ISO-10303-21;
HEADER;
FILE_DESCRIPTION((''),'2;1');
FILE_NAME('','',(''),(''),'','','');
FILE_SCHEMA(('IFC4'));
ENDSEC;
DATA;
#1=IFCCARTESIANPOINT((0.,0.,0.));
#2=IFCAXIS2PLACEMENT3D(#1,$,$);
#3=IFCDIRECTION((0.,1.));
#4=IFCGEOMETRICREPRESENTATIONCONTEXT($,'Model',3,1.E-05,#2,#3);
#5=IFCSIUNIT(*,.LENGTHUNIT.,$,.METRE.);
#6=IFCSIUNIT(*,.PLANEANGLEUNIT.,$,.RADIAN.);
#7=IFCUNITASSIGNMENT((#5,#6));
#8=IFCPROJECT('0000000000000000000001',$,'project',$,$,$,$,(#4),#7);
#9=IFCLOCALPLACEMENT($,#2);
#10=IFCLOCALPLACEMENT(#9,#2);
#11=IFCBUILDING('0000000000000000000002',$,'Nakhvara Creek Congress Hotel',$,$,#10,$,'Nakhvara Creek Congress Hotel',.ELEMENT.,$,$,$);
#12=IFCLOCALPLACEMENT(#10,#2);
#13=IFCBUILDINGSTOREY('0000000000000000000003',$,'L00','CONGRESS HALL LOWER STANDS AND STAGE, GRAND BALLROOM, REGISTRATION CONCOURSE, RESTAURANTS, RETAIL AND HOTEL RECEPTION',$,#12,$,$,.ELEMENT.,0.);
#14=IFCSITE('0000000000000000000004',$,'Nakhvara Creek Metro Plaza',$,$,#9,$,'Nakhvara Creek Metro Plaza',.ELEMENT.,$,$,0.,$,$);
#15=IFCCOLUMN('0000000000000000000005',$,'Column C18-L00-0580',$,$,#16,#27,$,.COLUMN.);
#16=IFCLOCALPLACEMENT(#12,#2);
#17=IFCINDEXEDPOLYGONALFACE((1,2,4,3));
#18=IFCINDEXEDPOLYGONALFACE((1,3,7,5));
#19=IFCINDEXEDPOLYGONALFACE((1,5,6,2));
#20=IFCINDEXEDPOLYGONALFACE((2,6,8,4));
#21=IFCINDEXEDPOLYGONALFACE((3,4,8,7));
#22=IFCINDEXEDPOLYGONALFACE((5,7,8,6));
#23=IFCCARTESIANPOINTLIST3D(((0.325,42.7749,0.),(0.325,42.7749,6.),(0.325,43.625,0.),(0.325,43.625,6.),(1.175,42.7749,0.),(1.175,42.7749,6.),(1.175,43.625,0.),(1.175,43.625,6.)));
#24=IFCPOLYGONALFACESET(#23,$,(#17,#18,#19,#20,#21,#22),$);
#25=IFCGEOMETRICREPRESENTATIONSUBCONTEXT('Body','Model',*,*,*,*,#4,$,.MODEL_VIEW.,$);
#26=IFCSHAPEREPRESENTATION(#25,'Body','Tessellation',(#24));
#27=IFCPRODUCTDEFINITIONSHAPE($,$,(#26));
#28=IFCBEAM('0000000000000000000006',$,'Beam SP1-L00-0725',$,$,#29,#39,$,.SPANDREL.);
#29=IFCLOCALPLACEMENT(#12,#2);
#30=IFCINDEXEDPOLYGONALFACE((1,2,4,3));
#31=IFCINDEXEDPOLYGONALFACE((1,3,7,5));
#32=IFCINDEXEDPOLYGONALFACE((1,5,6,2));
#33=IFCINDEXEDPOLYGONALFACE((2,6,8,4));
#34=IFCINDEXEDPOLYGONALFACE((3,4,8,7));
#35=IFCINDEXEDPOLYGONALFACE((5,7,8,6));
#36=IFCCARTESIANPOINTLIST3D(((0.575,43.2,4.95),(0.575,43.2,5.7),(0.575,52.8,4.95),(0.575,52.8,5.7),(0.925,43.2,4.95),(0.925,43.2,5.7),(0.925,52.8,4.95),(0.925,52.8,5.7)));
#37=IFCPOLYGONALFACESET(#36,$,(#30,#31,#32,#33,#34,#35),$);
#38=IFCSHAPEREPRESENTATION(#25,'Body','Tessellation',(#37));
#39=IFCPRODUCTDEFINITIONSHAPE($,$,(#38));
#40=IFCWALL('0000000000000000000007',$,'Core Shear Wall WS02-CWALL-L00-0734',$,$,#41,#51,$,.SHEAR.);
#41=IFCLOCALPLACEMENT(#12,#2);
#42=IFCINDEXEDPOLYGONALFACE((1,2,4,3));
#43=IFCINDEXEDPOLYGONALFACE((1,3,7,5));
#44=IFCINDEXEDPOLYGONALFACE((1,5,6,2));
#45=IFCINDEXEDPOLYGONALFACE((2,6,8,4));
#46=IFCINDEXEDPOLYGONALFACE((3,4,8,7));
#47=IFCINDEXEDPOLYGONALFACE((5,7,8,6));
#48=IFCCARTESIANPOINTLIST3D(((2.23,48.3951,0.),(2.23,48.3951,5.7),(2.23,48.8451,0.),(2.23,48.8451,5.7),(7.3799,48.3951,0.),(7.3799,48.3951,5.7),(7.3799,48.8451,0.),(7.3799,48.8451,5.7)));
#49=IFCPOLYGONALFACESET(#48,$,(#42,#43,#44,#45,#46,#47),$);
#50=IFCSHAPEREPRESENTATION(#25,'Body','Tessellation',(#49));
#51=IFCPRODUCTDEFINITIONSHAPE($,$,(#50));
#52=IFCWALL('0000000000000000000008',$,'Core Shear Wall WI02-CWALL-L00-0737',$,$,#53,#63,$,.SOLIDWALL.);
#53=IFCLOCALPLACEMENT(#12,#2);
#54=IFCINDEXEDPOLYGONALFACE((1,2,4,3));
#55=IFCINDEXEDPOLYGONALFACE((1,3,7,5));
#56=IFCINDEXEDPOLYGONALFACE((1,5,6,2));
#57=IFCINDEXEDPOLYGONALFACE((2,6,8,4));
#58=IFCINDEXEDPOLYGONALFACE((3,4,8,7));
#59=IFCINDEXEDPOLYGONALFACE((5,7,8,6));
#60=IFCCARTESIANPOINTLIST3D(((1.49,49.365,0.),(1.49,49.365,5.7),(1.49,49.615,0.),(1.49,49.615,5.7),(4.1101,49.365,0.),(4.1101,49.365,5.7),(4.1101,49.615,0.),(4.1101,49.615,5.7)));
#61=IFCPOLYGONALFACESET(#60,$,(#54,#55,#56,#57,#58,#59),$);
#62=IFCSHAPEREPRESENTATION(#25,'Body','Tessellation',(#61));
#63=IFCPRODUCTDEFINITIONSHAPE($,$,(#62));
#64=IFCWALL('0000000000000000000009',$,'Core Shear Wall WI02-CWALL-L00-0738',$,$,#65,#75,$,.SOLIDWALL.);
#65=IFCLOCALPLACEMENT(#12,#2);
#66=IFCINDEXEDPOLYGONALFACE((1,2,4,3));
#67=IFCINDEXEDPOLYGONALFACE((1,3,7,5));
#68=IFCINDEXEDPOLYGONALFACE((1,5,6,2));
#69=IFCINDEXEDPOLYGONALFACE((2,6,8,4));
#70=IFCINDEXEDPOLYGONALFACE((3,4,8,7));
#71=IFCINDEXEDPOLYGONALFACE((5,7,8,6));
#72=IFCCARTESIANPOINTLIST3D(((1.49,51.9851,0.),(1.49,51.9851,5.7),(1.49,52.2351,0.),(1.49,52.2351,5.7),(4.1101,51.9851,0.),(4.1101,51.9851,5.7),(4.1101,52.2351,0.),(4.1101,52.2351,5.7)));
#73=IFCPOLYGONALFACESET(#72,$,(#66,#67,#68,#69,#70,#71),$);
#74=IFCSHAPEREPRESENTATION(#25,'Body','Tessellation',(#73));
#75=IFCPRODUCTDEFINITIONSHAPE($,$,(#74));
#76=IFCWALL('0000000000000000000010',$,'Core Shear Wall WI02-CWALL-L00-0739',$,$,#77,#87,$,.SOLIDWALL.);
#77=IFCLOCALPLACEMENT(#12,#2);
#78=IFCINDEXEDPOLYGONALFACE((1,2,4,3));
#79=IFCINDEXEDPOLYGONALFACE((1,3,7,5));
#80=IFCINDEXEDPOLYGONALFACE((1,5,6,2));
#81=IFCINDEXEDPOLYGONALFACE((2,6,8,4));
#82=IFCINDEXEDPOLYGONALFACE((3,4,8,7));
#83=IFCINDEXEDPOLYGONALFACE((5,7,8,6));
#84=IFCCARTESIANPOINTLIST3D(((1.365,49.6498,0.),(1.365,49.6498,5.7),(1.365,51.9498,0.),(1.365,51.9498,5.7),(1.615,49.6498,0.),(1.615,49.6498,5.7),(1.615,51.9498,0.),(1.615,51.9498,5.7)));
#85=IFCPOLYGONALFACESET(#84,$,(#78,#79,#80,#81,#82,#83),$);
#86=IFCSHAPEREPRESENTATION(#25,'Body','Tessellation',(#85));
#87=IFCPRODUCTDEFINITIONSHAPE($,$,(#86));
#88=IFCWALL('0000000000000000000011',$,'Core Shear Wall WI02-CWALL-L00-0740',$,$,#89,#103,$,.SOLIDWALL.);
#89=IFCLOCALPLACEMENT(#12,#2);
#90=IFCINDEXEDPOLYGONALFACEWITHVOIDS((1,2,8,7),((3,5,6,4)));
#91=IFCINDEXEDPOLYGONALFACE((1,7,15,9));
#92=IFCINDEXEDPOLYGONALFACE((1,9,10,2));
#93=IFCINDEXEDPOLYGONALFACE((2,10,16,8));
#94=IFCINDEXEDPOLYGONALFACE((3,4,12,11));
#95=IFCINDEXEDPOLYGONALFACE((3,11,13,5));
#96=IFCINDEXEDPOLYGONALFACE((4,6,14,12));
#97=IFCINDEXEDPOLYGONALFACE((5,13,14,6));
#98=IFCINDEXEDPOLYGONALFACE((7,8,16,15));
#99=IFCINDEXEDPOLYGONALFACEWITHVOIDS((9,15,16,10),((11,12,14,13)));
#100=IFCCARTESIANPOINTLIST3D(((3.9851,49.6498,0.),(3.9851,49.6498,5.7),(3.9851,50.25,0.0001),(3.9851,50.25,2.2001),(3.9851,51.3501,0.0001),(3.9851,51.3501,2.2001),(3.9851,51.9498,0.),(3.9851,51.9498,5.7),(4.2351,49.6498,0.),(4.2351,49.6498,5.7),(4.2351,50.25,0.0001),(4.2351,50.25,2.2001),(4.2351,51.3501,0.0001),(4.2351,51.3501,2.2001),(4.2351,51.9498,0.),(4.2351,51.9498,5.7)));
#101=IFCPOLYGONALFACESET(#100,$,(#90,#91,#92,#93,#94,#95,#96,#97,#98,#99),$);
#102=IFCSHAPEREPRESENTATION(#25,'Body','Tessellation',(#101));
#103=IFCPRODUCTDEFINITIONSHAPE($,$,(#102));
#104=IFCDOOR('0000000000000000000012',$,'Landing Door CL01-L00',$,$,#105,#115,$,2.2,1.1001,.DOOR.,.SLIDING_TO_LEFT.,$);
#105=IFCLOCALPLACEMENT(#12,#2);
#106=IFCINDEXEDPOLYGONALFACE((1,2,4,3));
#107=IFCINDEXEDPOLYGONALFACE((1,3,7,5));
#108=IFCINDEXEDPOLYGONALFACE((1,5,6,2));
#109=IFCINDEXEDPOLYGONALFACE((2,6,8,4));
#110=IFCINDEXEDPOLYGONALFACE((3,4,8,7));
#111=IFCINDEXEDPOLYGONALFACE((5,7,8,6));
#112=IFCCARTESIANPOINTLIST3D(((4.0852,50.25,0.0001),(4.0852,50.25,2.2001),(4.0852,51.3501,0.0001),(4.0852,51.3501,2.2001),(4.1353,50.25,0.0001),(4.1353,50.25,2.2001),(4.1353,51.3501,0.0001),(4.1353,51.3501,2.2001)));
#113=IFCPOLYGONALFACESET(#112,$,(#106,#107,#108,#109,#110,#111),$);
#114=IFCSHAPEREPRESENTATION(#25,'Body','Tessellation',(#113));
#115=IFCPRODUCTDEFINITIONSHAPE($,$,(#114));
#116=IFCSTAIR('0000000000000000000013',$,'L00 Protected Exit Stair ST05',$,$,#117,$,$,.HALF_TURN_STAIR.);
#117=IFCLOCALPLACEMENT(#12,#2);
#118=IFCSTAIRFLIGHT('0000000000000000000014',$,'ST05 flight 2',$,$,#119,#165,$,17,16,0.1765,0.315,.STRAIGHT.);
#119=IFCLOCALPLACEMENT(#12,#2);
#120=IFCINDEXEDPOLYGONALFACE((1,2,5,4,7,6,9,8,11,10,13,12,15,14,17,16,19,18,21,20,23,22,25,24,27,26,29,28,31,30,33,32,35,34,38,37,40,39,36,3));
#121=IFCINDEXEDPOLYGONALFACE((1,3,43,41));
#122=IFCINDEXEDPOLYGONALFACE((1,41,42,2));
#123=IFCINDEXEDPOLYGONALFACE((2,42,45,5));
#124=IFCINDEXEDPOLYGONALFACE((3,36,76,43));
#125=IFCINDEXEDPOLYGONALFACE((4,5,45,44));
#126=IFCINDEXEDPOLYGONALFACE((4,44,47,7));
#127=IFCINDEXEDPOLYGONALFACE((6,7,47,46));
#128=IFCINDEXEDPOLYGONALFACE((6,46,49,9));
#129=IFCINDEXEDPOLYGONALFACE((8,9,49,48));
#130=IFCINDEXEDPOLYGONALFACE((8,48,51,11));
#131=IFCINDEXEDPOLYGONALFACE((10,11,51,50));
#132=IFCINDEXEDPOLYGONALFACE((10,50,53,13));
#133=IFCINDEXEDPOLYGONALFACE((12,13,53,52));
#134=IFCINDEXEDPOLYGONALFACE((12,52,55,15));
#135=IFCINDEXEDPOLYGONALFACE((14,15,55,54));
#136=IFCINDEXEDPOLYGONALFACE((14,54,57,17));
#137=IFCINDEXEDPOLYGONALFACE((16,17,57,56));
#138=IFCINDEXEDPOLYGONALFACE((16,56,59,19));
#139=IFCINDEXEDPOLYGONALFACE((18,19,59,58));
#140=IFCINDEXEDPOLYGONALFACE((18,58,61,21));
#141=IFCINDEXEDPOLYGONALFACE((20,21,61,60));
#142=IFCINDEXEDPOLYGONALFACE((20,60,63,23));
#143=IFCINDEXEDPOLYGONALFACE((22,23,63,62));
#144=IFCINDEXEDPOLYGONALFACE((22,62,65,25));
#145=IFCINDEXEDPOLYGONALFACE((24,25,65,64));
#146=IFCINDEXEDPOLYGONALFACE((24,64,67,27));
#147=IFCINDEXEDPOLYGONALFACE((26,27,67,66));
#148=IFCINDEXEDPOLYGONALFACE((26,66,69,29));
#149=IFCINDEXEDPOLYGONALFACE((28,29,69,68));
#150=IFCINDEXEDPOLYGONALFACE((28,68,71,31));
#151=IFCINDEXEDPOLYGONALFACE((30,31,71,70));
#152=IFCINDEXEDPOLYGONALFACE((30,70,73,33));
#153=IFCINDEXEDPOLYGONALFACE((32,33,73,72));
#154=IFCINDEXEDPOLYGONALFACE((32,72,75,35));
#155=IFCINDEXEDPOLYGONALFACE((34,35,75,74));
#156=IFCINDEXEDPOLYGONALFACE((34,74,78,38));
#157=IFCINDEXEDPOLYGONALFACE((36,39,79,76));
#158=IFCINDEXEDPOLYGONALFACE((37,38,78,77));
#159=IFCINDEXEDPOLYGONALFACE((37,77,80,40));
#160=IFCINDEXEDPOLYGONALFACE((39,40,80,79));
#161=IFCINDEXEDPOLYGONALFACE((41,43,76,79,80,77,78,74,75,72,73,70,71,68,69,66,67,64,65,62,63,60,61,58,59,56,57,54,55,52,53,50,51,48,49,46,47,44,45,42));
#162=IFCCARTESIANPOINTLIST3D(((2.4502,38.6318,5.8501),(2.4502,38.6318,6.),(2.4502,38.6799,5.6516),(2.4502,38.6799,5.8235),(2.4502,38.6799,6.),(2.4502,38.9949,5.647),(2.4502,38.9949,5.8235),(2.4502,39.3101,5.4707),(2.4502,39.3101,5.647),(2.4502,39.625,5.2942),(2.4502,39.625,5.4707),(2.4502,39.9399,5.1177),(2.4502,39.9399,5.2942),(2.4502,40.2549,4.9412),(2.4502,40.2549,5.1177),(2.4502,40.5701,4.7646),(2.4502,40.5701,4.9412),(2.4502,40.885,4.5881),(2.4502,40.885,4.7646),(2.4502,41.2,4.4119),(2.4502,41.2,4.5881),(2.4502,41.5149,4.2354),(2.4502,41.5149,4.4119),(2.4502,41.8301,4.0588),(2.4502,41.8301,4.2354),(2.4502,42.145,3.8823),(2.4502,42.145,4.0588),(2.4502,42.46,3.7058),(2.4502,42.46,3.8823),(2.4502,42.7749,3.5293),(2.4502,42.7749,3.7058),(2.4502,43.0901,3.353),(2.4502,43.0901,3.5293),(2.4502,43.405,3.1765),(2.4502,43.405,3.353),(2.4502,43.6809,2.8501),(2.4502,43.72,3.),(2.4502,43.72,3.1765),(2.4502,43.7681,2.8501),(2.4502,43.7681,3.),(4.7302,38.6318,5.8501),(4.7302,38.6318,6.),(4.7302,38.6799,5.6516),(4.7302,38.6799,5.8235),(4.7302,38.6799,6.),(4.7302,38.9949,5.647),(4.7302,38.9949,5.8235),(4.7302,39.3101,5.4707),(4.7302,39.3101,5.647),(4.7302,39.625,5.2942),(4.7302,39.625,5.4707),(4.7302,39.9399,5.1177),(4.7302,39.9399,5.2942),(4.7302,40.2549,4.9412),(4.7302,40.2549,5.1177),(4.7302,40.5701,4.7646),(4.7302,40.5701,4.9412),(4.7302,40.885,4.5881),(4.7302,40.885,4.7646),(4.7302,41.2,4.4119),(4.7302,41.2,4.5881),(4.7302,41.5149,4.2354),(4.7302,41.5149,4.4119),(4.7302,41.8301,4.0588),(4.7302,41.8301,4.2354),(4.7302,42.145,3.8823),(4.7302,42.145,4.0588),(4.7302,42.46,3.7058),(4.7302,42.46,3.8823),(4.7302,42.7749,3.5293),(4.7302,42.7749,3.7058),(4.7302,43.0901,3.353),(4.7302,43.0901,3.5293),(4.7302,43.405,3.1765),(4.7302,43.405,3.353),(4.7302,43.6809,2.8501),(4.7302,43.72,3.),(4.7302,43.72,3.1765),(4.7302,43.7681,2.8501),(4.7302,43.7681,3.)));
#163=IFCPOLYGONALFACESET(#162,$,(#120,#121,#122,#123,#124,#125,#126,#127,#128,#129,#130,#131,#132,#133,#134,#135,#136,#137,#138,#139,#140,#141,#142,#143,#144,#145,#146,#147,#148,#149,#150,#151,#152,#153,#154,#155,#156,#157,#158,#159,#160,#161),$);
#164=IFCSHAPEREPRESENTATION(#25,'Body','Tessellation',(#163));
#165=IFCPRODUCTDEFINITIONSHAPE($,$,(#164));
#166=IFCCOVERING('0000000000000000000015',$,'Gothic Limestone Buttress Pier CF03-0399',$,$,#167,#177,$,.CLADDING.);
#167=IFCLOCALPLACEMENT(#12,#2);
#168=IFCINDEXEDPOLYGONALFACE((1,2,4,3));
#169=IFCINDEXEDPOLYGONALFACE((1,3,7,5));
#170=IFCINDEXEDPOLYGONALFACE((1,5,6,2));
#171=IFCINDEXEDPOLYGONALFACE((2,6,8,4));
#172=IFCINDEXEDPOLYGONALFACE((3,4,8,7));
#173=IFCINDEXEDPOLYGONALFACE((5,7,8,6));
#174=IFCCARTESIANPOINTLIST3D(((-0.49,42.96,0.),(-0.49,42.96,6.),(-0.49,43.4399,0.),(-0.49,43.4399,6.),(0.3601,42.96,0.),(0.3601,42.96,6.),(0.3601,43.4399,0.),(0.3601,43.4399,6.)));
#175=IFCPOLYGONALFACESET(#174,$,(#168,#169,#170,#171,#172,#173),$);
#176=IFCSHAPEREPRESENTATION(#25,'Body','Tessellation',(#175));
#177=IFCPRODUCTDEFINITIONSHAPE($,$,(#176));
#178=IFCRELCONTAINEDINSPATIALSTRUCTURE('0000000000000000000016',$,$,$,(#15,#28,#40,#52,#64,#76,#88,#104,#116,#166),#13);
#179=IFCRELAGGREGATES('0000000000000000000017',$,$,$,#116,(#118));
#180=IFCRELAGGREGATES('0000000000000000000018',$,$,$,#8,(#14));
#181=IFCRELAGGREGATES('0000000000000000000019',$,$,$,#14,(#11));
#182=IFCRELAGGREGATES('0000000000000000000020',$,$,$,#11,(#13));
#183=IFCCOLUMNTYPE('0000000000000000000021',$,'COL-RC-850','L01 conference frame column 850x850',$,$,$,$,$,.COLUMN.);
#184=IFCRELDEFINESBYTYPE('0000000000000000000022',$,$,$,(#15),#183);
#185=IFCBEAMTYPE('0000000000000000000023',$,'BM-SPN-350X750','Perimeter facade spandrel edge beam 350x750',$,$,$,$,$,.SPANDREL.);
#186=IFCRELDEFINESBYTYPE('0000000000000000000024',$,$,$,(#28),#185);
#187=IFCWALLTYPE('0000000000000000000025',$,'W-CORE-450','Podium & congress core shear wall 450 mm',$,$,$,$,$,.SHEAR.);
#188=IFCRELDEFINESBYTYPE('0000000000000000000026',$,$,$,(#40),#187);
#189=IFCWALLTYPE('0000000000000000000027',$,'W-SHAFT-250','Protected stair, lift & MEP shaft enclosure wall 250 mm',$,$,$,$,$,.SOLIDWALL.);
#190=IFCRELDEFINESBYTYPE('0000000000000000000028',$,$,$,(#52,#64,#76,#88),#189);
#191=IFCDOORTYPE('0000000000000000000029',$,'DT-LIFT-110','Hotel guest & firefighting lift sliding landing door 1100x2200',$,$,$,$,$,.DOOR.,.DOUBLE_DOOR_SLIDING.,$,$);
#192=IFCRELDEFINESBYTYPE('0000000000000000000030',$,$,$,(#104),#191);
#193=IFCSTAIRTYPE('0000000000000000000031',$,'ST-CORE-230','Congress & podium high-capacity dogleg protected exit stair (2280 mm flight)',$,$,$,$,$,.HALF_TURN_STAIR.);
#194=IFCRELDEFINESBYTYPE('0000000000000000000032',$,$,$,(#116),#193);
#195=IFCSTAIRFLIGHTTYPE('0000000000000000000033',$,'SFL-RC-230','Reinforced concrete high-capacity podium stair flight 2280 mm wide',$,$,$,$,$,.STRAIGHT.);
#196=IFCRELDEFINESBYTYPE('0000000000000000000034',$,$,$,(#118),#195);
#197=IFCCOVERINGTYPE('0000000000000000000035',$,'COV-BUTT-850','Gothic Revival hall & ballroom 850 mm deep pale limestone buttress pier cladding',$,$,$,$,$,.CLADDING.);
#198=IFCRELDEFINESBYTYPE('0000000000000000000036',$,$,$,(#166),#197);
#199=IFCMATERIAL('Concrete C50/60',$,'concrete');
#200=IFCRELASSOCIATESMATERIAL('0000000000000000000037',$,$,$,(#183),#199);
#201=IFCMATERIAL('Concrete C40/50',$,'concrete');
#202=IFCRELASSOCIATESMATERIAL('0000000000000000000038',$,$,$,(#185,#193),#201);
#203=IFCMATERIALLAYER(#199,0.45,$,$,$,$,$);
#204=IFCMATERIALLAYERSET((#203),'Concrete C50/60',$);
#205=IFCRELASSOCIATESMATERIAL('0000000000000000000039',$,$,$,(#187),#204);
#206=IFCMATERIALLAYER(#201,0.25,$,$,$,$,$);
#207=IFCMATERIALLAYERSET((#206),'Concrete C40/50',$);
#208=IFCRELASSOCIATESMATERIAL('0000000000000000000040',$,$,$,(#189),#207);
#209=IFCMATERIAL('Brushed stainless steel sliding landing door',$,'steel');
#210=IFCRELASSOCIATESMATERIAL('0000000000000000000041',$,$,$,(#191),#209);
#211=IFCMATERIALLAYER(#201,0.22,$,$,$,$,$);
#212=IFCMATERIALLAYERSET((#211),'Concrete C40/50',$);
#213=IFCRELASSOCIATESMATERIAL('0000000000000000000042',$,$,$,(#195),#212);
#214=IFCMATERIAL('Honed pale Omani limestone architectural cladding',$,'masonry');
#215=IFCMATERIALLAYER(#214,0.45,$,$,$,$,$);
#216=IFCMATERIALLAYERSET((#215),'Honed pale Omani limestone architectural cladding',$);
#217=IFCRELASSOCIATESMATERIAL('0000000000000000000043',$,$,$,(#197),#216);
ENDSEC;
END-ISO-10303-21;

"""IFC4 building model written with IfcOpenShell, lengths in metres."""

from ifc_helpers import new_model, si_unit, direction, frame, frame_2d, origin, origin_2d, place, context, subcontext, project, spatial, polyline, rectangle, outline, extrude, material, layer, layer_set, material_profile, profile_set, type_object, element, fill, aggregate, save


model = new_model("IFC4")

# Units and contexts
model_context = context("Model", 3, precision=1e-05, world=origin(), true_north=direction((0.0, 1.0)))
body_context = subcontext(model_context, "Body", "Model", "MODEL_VIEW")
ifc_project = project(units=[si_unit("LENGTHUNIT", "METRE"), si_unit("PLANEANGLEUNIT", "RADIAN")], contexts=[model_context])

# Site, building, storey
site_placement = place(None, origin())
site = spatial("IfcSite", under=ifc_project, at=site_placement, Name="Nakhvara Creek Metro Plaza", LongName="Nakhvara Creek Metro Plaza", CompositionType="ELEMENT", RefElevation=0.0)
building_placement = place(site_placement, origin())
building = spatial("IfcBuilding", under=site, at=building_placement, Name="Nakhvara Creek Congress Hotel", LongName="Nakhvara Creek Congress Hotel", CompositionType="ELEMENT")
storey_placement = place(building_placement, origin())
storey = spatial("IfcBuildingStorey", under=building, at=storey_placement, Name="L00", Description="CONGRESS HALL LOWER STANDS AND STAGE, GRAND BALLROOM, REGISTRATION CONCOURSE, RESTAURANTS, RETAIL AND HOTEL RECEPTION", CompositionType="ELEMENT", Elevation=0.0)

# Column
ifc_material_1 = material(Name="Concrete C50/60", Category="concrete")
ifc_material_profile_1 = material_profile(ifc_material_1, rectangle(XDim=0.8501, YDim=0.8501, at=origin_2d()), Name="RC-COL 850x850", Category="LoadBearing")
ifc_profile_set_1 = profile_set([ifc_material_profile_1], Name="Concrete C50/60")
column_type = type_object("IfcColumnType", Name="COL-RC-850", Description="L01 conference frame column 850x850", PredefinedType="COLUMN", material=ifc_profile_set_1)
column_placement = place(storey_placement, frame((0.75, 43.2, 0.0), z_axis=(0.0, 0.0, 1.0), x_axis=(1.0, 0.0, 0.0)))
element("IfcColumn", 1, at=column_placement, inside=storey, type_object=column_type, Name="Column C18-L00-0580", PredefinedType="COLUMN", context=body_context, shape_type="SweptSolid", body=[
    extrude(rectangle(XDim=0.8501, YDim=0.8501, at=origin_2d()), origin(), (0.0, 0.0, 1.0), 6.0),
])

# Beam
ifc_material_2 = material(Name="Concrete C40/50", Category="concrete")
ifc_material_profile_2 = material_profile(ifc_material_2, rectangle(XDim=0.3501, YDim=0.75, at=origin_2d()), Name="RC-SPANDREL 350x750", Category="LoadBearing")
ifc_profile_set_2 = profile_set([ifc_material_profile_2], Name="Concrete C40/50")
beam_type = type_object("IfcBeamType", Name="BM-SPN-350X750", Description="Perimeter facade spandrel edge beam 350x750", PredefinedType="SPANDREL", material=ifc_profile_set_2)
beam_placement = place(storey_placement, frame((0.75, 43.2, 5.325), z_axis=(0.0, 1.0, 0.0), x_axis=(-1.0, 0.0, 0.0)))
element("IfcBeam", 2, at=beam_placement, inside=storey, type_object=beam_type, Name="Beam SP1-L00-0725", PredefinedType="SPANDREL", context=body_context, shape_type="SweptSolid", body=[
    extrude(rectangle(XDim=0.3501, YDim=0.75, at=origin_2d()), origin(), (0.0, 0.0, 1.0), 9.6001),
])

# Walls
ifc_layer_1 = layer(ifc_material_1, 0.45)
ifc_layer_set_1 = layer_set([ifc_layer_1], Name="Concrete C50/60")
wall_type_1 = type_object("IfcWallType", Name="W-CORE-450", Description="Podium & congress core shear wall 450 mm", PredefinedType="SHEAR", material=ifc_layer_set_1)
wall_1_placement = place(storey_placement, frame((2.23, 48.6201, 0.0), z_axis=(0.0, 0.0, 1.0), x_axis=(1.0, 0.0, 0.0)))
element("IfcWall", 3, at=wall_1_placement, inside=storey, type_object=wall_type_1, Name="Core Shear Wall WS02-CWALL-L00-0734", PredefinedType="SHEAR", context=body_context, shape_type="SweptSolid", body=[
    extrude(rectangle(XDim=5.1499, YDim=0.45, at=frame_2d((2.575, 0.0))), origin(), (0.0, 0.0, 1.0), 5.7),
])
ifc_layer_2 = layer(ifc_material_2, 0.25)
ifc_layer_set_2 = layer_set([ifc_layer_2], Name="Concrete C40/50")
wall_type_2 = type_object("IfcWallType", Name="W-SHAFT-250", Description="Protected stair, lift & MEP shaft enclosure wall 250 mm", PredefinedType="SOLIDWALL", material=ifc_layer_set_2)
for number, where, z_axis, x_axis, name in (
    (4, (1.49, 49.49, 0.0), (0.0, 0.0, 1.0), (1.0, 0.0, 0.0), "Core Shear Wall WI02-CWALL-L00-0737"),
    (5, (1.49, 52.1101, 0.0), (0.0, 0.0, 1.0), (1.0, 0.0, 0.0), "Core Shear Wall WI02-CWALL-L00-0738"),
):
    element("IfcWall", number, at=place(storey_placement, frame(where, z_axis=z_axis, x_axis=x_axis)), inside=storey, type_object=wall_type_2, Name=name, PredefinedType="SOLIDWALL", context=body_context, shape_type="SweptSolid", body=[
        extrude(rectangle(XDim=2.6201, YDim=0.25, at=frame_2d((1.3101, 0.0))), origin(), (0.0, 0.0, 1.0), 5.7),
    ])
wall_2_placement = place(storey_placement, frame((1.49, 49.6499, 0.0), z_axis=(0.0, 0.0, 1.0), x_axis=(0.0, 1.0, 0.0)))
element("IfcWall", 6, at=wall_2_placement, inside=storey, type_object=wall_type_2, Name="Core Shear Wall WI02-CWALL-L00-0739", PredefinedType="SOLIDWALL", context=body_context, shape_type="SweptSolid", body=[
    extrude(rectangle(XDim=2.3, YDim=0.25, at=frame_2d((1.1499, 0.0))), origin(), (0.0, 0.0, 1.0), 5.7),
])

# Wall, opening, door
wall_3_placement = place(storey_placement, frame((4.1101, 49.6499, 0.0), z_axis=(0.0, 0.0, 1.0), x_axis=(0.0, 1.0, 0.0)))
wall_3 = element("IfcWall", 7, at=wall_3_placement, inside=storey, type_object=wall_type_2, Name="Core Shear Wall WI02-CWALL-L00-0740", PredefinedType="SOLIDWALL", context=body_context, shape_type="SweptSolid", body=[
    extrude(rectangle(XDim=2.3, YDim=0.25, at=frame_2d((1.1499, 0.0))), origin(), (0.0, 0.0, 1.0), 5.7),
])
opening_placement = place(wall_3_placement, frame((0.6001, 0.0, 0.0)))
opening = element("IfcOpeningElement", 8, at=opening_placement, cuts=wall_3, PredefinedType="OPENING", context=body_context, shape_type="SweptSolid", body=[
    extrude(rectangle(XDim=1.1001, YDim=2.2, at=frame_2d((0.55, 1.1001))), frame((0.0, 0.137, 0.0), z_axis=(0.0, -1.0, 0.0), x_axis=(1.0, 0.0, 0.0)), (0.0, 0.0, 1.0), 0.2739),
])
ifc_material_3 = material(Name="Brushed stainless steel sliding landing door", Category="steel")
door_type = type_object("IfcDoorType", Name="DT-LIFT-110", Description="Hotel guest & firefighting lift sliding landing door 1100x2200", OperationType="DOUBLE_DOOR_SLIDING", PredefinedType="DOOR", material=ifc_material_3)
door_placement = place(opening_placement, origin())
door = element("IfcDoor", 9, at=door_placement, inside=storey, type_object=door_type, Name="Landing Door CL01-L00", OperationType="SLIDING_TO_LEFT", OverallHeight=2.2, OverallWidth=1.1001, PredefinedType="DOOR", context=body_context, shape_type="SweptSolid", body=[
    extrude(rectangle(XDim=1.1001, YDim=2.2, at=frame_2d((0.55, 1.1001))), frame((0.0, 0.0249, 0.0), z_axis=(0.0, -1.0, 0.0), x_axis=(1.0, 0.0, 0.0)), (0.0, 0.0, 1.0), 0.05),
])
fill(opening, door)

# Stair, stair flight
stair_type = type_object("IfcStairType", Name="ST-CORE-230", Description="Congress & podium high-capacity dogleg protected exit stair (2280 mm flight)", PredefinedType="HALF_TURN_STAIR", material=ifc_material_2)
stair_placement = place(storey_placement, origin())
stair = element("IfcStair", 10, at=stair_placement, inside=storey, type_object=stair_type, Name="L00 Protected Exit Stair ST05", PredefinedType="HALF_TURN_STAIR")
ifc_layer_3 = layer(ifc_material_2, 0.22)
ifc_layer_set_3 = layer_set([ifc_layer_3], Name="Concrete C40/50")
stair_flight_type = type_object("IfcStairFlightType", Name="SFL-RC-230", Description="Reinforced concrete high-capacity podium stair flight 2280 mm wide", PredefinedType="STRAIGHT", material=ifc_layer_set_3)
stair_flight_placement = place(storey_placement, frame((3.5901, 43.72, 3.0), z_axis=(0.0, 0.0, 1.0), x_axis=(0.0, -1.0, 0.0)))
stair_flight = element("IfcStairFlight", 11, at=stair_flight_placement, type_object=stair_flight_type, Name="ST05 flight 2", NumberOfRisers=17, NumberOfTreads=16, PredefinedType="STRAIGHT", RiserHeight=0.1765, TreadLength=0.315, context=body_context, shape_type="SweptSolid", body=[
    extrude(outline(polyline([(-0.0481, 0.0), (0.0, 0.0), (0.0, 0.1765), (0.3149, 0.1765), (0.3149, 0.353), (0.6299, 0.353), (0.6299, 0.5293), (0.9451, 0.5293), (0.9451, 0.7058), (1.26, 0.7058), (1.26, 0.8823), (1.575, 0.8823), (1.575, 1.0588), (1.8899, 1.0588), (1.8899, 1.2354), (2.2051, 1.2354), (2.2051, 1.4119), (2.52, 1.4119), (2.52, 1.5881), (2.835, 1.5881), (2.835, 1.7646), (3.1499, 1.7646), (3.1499, 1.9412), (3.4651, 1.9412), (3.4651, 2.1177), (3.78, 2.1177), (3.78, 2.2942), (4.095, 2.2942), (4.095, 2.4707), (4.4099, 2.4707), (4.4099, 2.647), (4.7251, 2.647), (4.7251, 2.8235), (5.04, 2.8235), (5.04, 3.0), (5.0881, 3.0), (5.0881, 2.8501), (5.04, 2.6516), (0.0391, -0.1499), (-0.0481, -0.1499), (-0.0481, 0.0)])), frame((0.0, 1.1401, 0.0), z_axis=(0.0, -1.0, 0.0), x_axis=(1.0, 0.0, 0.0)), (0.0, 0.0, 1.0), 2.28),
])
aggregate(stair, [stair_flight])

# Covering
ifc_material_4 = material(Name="Honed pale Omani limestone architectural cladding", Category="masonry")
ifc_layer_4 = layer(ifc_material_4, 0.45)
ifc_layer_set_4 = layer_set([ifc_layer_4], Name="Honed pale Omani limestone architectural cladding")
covering_type = type_object("IfcCoveringType", Name="COV-BUTT-850", Description="Gothic Revival hall & ballroom 850 mm deep pale limestone buttress pier cladding", PredefinedType="CLADDING", material=ifc_layer_set_4)
for number, where, z_axis, x_axis, name in (
    (12, (-0.0649, 43.2, 0.0), (0.0, 0.0, 1.0), (0.0, 1.0, 0.0), "Gothic Limestone Buttress Pier CF03-0399"),
):
    element("IfcCovering", number, at=place(storey_placement, frame(where, z_axis=z_axis, x_axis=x_axis)), inside=storey, type_object=covering_type, Name=name, PredefinedType="CLADDING", context=body_context, shape_type="SweptSolid", body=[
        extrude(rectangle(XDim=0.48, YDim=0.8501, at=origin_2d()), origin(), (0.0, 0.0, 1.0), 6.0),
    ])

save(model, "model.ifc")
